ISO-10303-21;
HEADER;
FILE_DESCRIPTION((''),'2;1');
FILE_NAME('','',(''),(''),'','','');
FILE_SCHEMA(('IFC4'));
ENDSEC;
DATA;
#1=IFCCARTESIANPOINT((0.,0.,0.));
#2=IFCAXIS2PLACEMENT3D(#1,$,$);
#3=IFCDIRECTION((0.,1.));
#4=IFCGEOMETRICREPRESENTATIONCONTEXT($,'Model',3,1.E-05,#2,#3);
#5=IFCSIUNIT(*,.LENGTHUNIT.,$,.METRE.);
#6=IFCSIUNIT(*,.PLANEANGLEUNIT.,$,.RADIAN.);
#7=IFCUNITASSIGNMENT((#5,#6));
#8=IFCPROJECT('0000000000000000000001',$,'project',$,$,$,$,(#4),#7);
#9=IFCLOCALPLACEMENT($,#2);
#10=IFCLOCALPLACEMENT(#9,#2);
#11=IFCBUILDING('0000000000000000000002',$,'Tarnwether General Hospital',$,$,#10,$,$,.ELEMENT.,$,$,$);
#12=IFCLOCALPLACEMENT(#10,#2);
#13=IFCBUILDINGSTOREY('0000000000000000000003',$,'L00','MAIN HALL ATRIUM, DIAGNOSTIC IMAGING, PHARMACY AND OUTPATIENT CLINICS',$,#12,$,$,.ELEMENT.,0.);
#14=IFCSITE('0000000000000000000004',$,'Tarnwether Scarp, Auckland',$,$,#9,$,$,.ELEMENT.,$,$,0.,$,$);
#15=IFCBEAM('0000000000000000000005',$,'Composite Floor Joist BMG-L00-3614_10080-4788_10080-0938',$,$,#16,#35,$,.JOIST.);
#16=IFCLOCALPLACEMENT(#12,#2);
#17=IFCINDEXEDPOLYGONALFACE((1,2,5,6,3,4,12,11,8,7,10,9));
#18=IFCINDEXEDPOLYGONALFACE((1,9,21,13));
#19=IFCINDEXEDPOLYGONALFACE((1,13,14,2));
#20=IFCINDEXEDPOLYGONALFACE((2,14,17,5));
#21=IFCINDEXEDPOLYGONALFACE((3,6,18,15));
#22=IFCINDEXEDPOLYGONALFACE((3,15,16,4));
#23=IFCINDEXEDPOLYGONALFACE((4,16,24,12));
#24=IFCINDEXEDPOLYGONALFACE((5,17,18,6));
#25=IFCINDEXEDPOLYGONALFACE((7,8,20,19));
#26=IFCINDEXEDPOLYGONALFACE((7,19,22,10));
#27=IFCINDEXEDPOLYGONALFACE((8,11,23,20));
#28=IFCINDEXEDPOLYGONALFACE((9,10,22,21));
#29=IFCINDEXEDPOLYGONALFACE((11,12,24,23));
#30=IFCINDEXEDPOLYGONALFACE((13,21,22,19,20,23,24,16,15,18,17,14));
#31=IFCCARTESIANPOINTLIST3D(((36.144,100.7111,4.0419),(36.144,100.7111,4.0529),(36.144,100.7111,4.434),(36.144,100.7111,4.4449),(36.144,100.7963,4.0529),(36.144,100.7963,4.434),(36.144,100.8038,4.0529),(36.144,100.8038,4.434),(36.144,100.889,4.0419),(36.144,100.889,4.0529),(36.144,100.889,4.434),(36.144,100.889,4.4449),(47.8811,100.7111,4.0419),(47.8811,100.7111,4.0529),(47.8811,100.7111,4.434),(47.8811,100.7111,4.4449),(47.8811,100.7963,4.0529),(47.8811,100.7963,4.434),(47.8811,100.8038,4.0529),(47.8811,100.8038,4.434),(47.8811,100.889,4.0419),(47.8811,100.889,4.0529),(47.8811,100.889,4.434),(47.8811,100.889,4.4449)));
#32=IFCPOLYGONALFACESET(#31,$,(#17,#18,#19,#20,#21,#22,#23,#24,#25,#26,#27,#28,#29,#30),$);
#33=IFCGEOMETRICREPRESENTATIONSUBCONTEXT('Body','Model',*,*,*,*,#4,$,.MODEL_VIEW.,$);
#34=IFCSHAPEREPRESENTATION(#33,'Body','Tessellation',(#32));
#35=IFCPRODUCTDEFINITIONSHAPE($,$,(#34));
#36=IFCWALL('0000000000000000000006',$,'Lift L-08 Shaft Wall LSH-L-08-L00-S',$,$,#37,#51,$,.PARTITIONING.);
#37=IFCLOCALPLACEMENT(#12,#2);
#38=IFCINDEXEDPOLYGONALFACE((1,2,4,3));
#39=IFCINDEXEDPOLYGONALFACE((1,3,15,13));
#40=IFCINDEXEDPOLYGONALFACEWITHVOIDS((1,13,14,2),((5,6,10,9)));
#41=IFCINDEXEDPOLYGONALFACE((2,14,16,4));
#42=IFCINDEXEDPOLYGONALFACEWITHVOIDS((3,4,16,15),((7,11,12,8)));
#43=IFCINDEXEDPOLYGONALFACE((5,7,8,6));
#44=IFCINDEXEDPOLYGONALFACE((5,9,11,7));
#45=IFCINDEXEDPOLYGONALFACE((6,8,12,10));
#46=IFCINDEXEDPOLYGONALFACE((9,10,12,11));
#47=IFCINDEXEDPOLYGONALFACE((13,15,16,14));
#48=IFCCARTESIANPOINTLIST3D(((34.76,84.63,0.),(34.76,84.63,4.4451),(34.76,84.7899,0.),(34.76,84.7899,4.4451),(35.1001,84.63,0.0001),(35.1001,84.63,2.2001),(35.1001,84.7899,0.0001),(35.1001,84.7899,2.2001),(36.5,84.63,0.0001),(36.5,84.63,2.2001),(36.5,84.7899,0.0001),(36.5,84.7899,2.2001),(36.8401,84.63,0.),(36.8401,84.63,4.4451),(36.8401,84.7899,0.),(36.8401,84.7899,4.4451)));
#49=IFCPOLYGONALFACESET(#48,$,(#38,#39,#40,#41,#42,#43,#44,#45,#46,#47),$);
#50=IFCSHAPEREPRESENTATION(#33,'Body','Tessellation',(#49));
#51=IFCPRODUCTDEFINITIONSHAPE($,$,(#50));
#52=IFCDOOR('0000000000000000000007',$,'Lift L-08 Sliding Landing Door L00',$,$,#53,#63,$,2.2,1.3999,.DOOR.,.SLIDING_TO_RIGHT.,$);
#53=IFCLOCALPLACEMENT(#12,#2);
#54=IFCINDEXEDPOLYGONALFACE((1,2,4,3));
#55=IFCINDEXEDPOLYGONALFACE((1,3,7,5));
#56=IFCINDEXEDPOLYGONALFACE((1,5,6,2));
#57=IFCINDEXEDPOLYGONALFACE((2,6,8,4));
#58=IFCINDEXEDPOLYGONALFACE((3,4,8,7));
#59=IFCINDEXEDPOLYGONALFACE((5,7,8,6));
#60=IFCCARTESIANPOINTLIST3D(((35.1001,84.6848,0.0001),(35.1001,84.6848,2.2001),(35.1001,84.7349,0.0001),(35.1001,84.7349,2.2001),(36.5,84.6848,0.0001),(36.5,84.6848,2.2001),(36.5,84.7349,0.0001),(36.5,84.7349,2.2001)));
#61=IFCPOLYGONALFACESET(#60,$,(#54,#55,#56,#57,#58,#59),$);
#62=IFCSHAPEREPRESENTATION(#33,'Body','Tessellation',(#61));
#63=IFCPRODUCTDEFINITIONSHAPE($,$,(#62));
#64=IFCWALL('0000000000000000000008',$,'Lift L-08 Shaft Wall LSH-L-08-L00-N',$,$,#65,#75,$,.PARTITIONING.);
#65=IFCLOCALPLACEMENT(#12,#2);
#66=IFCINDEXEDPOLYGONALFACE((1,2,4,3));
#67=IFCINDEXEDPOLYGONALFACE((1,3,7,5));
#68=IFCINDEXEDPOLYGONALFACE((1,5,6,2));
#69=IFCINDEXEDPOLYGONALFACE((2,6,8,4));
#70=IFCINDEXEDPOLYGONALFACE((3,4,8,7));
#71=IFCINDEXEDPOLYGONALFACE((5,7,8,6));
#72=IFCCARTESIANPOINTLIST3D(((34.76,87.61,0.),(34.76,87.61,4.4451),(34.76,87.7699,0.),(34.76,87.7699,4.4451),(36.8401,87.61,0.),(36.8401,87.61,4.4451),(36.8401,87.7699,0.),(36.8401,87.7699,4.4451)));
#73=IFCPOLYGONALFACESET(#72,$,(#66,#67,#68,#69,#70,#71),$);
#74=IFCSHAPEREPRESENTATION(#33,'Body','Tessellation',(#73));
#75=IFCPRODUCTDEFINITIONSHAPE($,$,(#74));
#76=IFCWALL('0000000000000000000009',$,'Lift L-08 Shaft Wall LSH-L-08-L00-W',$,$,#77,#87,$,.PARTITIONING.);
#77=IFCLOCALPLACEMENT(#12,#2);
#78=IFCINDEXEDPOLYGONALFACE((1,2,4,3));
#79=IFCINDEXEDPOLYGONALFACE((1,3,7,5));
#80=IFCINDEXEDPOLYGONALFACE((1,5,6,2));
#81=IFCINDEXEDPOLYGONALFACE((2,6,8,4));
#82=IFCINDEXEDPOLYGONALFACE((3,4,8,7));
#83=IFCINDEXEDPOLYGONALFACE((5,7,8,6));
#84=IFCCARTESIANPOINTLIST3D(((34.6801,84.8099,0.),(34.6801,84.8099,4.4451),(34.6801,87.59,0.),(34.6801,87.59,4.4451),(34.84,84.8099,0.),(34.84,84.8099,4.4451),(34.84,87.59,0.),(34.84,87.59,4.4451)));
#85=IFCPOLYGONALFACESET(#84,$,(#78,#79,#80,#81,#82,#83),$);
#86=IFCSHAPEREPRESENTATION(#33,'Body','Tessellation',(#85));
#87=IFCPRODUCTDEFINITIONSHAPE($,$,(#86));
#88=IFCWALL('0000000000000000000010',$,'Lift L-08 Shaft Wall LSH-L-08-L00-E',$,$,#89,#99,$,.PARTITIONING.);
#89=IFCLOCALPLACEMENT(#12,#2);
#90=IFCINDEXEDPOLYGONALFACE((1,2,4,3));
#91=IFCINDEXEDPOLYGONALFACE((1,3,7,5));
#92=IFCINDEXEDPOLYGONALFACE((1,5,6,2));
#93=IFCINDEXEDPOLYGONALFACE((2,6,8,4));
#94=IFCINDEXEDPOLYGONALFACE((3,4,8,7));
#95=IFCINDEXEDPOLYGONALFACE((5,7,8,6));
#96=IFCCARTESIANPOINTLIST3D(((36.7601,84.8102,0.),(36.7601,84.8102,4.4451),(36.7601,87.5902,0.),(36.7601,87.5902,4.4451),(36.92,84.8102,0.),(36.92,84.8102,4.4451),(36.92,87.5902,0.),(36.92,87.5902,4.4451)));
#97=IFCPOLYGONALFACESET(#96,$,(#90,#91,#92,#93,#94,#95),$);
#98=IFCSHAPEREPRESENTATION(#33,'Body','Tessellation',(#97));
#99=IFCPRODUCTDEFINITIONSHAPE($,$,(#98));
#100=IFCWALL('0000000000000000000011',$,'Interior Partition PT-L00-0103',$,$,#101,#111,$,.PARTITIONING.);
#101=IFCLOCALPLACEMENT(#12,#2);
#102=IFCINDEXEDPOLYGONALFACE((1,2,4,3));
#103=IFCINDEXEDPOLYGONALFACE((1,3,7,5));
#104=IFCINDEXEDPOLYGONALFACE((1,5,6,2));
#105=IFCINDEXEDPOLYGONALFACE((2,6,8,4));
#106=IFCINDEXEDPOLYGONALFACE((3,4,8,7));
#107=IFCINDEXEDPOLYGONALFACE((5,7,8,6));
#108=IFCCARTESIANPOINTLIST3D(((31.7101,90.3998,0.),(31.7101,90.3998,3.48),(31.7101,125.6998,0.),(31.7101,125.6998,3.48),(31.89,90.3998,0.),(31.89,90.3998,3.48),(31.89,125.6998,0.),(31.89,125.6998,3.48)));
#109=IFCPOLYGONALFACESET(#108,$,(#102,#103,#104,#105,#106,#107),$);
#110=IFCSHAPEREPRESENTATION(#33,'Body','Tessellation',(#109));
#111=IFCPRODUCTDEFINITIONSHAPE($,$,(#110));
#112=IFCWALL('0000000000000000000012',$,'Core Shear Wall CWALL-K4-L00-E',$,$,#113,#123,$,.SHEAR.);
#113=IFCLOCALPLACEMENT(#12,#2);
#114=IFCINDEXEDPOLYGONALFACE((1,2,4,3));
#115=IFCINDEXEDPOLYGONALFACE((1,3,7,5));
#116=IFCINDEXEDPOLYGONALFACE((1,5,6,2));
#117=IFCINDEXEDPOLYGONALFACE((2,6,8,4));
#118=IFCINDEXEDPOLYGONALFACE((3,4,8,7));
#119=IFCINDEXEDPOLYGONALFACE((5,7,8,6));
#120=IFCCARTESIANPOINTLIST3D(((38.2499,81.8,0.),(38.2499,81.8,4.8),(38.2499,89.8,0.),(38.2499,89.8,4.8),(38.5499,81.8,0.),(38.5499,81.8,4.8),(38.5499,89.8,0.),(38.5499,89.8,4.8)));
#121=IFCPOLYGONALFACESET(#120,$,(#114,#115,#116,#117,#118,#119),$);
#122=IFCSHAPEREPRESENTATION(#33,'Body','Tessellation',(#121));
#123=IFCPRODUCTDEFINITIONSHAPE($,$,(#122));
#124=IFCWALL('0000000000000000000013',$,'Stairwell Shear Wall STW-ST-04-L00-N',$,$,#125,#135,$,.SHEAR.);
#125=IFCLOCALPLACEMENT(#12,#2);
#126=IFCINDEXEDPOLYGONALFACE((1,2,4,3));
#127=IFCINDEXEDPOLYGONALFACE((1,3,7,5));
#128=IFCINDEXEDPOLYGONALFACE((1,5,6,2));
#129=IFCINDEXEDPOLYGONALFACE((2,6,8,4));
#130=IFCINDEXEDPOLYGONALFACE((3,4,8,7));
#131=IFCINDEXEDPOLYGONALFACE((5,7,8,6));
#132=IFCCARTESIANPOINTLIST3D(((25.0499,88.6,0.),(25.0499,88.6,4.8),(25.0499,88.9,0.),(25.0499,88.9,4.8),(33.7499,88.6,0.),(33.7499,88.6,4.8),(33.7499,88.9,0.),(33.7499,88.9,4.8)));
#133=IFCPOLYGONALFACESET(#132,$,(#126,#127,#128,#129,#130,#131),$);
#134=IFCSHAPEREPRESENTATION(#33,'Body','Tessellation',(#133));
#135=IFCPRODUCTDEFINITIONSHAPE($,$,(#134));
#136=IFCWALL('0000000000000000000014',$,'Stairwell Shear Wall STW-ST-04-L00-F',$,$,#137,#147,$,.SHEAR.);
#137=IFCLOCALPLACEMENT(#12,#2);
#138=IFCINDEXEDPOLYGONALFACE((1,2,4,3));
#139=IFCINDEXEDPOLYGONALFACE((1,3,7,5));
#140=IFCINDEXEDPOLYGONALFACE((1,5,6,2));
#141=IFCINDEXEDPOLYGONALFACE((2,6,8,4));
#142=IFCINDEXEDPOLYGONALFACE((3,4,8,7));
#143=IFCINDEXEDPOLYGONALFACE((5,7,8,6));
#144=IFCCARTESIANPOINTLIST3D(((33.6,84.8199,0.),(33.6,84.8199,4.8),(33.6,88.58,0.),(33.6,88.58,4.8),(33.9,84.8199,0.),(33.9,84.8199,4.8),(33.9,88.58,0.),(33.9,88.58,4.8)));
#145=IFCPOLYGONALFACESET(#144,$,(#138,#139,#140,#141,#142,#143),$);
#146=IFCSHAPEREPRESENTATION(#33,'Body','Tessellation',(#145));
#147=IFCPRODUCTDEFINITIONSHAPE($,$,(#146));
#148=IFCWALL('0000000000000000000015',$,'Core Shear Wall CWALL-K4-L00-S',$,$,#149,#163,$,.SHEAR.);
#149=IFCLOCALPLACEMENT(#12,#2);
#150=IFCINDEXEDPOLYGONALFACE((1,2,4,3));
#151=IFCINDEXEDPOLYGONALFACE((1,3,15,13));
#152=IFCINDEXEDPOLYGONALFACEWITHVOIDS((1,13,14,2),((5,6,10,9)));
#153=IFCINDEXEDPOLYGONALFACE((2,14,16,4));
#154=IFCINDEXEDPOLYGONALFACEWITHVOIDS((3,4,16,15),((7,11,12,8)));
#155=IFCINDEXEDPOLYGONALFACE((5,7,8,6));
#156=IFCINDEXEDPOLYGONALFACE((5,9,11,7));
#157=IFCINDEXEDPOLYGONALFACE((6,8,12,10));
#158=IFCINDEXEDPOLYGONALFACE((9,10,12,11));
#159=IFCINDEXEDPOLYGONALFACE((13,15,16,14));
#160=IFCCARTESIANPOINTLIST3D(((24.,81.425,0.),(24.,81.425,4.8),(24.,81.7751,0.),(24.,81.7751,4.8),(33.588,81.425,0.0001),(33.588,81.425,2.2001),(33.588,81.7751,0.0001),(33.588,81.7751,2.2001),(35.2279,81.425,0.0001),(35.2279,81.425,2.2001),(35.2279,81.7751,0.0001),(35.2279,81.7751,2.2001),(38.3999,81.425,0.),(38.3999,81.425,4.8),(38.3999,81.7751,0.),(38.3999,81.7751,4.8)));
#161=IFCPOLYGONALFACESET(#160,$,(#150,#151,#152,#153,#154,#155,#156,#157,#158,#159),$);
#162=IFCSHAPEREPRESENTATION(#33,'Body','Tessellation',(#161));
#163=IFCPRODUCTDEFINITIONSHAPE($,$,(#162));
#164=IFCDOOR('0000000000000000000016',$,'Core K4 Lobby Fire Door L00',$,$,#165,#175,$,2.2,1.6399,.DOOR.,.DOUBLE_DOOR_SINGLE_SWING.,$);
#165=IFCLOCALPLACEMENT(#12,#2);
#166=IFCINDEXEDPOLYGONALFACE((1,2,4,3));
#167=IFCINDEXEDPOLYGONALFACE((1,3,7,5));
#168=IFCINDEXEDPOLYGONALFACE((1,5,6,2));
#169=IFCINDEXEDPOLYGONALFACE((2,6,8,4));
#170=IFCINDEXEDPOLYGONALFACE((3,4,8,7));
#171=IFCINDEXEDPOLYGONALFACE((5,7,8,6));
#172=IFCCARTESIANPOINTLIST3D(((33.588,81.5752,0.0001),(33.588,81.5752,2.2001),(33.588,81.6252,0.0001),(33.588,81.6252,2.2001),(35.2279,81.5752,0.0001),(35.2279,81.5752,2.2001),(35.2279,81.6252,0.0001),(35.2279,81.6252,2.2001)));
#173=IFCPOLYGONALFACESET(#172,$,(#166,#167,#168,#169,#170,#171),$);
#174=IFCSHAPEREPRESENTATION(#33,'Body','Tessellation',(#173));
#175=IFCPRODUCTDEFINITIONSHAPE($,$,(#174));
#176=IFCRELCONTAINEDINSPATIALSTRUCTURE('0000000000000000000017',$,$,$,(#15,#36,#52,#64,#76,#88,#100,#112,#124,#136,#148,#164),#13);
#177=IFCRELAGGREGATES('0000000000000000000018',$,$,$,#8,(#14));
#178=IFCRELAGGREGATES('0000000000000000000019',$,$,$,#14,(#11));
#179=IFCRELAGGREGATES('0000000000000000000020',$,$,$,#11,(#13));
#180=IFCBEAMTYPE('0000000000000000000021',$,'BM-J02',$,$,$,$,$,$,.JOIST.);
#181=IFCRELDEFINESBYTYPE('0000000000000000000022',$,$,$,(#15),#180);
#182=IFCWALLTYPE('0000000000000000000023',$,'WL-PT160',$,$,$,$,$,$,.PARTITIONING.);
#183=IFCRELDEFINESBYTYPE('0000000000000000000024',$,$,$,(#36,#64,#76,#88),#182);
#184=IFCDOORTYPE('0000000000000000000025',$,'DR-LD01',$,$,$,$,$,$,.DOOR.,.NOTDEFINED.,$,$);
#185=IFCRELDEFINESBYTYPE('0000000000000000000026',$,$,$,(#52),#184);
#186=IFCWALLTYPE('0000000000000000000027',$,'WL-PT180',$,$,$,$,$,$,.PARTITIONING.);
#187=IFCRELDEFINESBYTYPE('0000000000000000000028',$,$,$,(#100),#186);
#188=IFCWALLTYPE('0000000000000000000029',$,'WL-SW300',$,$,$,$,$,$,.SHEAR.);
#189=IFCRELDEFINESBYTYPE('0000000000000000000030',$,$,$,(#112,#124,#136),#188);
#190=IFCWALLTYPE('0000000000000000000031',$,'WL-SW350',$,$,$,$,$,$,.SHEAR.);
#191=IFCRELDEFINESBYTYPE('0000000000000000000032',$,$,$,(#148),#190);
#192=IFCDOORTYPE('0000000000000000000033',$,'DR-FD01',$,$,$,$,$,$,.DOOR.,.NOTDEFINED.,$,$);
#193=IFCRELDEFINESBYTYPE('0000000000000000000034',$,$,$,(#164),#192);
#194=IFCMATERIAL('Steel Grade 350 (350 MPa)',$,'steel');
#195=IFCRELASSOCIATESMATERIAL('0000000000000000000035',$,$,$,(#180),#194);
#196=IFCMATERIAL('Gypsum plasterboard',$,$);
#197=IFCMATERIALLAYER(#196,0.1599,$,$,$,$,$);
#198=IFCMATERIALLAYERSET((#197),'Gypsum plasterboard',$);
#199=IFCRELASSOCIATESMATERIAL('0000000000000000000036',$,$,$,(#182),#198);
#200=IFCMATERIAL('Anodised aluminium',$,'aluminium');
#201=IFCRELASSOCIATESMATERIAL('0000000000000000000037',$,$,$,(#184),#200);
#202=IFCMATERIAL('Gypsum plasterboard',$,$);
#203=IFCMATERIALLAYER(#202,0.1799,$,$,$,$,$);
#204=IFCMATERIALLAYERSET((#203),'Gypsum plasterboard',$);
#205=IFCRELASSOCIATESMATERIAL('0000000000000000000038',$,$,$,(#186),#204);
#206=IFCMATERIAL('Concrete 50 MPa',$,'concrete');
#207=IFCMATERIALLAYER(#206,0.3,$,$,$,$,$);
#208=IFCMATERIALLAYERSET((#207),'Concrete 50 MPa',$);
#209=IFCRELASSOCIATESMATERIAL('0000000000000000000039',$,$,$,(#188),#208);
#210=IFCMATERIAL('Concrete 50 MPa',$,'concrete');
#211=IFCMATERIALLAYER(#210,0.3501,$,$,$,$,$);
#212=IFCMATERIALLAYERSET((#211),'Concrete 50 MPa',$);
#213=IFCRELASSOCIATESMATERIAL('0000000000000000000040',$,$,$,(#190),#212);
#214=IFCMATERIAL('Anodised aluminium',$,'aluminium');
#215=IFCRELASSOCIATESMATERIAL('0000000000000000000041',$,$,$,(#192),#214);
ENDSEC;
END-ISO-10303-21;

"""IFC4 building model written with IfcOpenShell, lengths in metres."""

from ifc_helpers import new_model, si_unit, direction, frame, frame_2d, origin, origin_2d, place, context, subcontext, project, spatial, rectangle, i_section, extrude, material, layer, layer_set, material_profile, profile_set, type_object, element, fill, save


model = new_model("IFC4")

# Units and contexts
model_context = context("Model", 3, precision=1e-05, world=origin(), true_north=direction((0.0, 1.0)))
body_context = subcontext(model_context, "Body", "Model", "MODEL_VIEW")
ifc_project = project(units=[si_unit("LENGTHUNIT", "METRE"), si_unit("PLANEANGLEUNIT", "RADIAN")], contexts=[model_context])

# Site, building, storey
site_placement = place(None, origin())
site = spatial("IfcSite", under=ifc_project, at=site_placement, Name="Tarnwether Scarp, Auckland", CompositionType="ELEMENT", RefElevation=0.0)
building_placement = place(site_placement, origin())
building = spatial("IfcBuilding", under=site, at=building_placement, Name="Tarnwether General Hospital", CompositionType="ELEMENT")
storey_placement = place(building_placement, origin())
storey = spatial("IfcBuildingStorey", under=building, at=storey_placement, Name="L00", Description="MAIN HALL ATRIUM, DIAGNOSTIC IMAGING, PHARMACY AND OUTPATIENT CLINICS", CompositionType="ELEMENT", Elevation=0.0)

# Beam
ifc_material_1 = material(Name="Steel Grade 350 (350 MPa)", Category="steel")
ifc_material_profile_1 = material_profile(ifc_material_1, i_section(OverallWidth=0.178, OverallDepth=0.4031, WebThickness=0.0076, FlangeThickness=0.011, at=origin_2d()), Name="410UB53.7")
ifc_profile_set_1 = profile_set([ifc_material_profile_1], Name="Steel Grade 350 (350 MPa)")
beam_type_1 = type_object("IfcBeamType", Name="BM-J02", PredefinedType="JOIST", material=ifc_profile_set_1)
beam_1_placement = place(storey_placement, frame((36.144, 100.8, 4.2434), z_axis=(1.0, 0.0, 0.0), x_axis=(0.0, 1.0, 0.0)))
element("IfcBeam", 1, at=beam_1_placement, inside=storey, type_object=beam_type_1, Name="Composite Floor Joist BMG-L00-3614_10080-4788_10080-0938", PredefinedType="JOIST", context=body_context, shape_type="SweptSolid", body=[
    extrude(i_section(OverallWidth=0.178, OverallDepth=0.4031, WebThickness=0.0076, FlangeThickness=0.011, at=origin_2d()), origin(), (0.0, 0.0, 1.0), 11.7371),
])

# Wall, opening, door
ifc_material_2 = material(Name="Gypsum plasterboard")
ifc_layer_1 = layer(ifc_material_2, 0.1599)
ifc_layer_set_1 = layer_set([ifc_layer_1], Name="Gypsum plasterboard")
wall_type_1 = type_object("IfcWallType", Name="WL-PT160", PredefinedType="PARTITIONING", material=ifc_layer_set_1)
wall_1_placement = place(storey_placement, frame((34.76, 84.71, 0.0), z_axis=(0.0, 0.0, 1.0), x_axis=(1.0, 0.0, 0.0)))
wall_1 = element("IfcWall", 2, at=wall_1_placement, inside=storey, type_object=wall_type_1, Name="Lift L-08 Shaft Wall LSH-L-08-L00-S", PredefinedType="PARTITIONING", context=body_context, shape_type="SweptSolid", body=[
    extrude(rectangle(XDim=2.0801, YDim=0.1599, at=frame_2d((1.04, 0.0))), origin(), (0.0, 0.0, 1.0), 4.4451),
])
opening_1_placement = place(wall_1_placement, frame((0.3401, 0.0, 0.0)))
opening_1 = element("IfcOpeningElement", 3, at=opening_1_placement, cuts=wall_1, PredefinedType="OPENING", context=body_context, shape_type="SweptSolid", body=[
    extrude(rectangle(XDim=1.3999, YDim=2.2, at=frame_2d((0.7, 1.1001))), frame((0.0, 0.0898, 0.0), z_axis=(0.0, -1.0, 0.0), x_axis=(1.0, 0.0, 0.0)), (0.0, 0.0, 1.0), 0.1799),
])
ifc_material_3 = material(Name="Anodised aluminium", Category="aluminium")
door_type_1 = type_object("IfcDoorType", Name="DR-LD01", OperationType="NOTDEFINED", PredefinedType="DOOR", material=ifc_material_3)
door_1_placement = place(opening_1_placement, origin())
door_1 = element("IfcDoor", 4, at=door_1_placement, inside=storey, type_object=door_type_1, Name="Lift L-08 Sliding Landing Door L00", OperationType="SLIDING_TO_RIGHT", OverallHeight=2.2, OverallWidth=1.3999, PredefinedType="DOOR", context=body_context, shape_type="SweptSolid", body=[
    extrude(rectangle(XDim=1.3999, YDim=2.2, at=frame_2d((0.7, 1.1001))), frame((0.0, 0.0249, 0.0), z_axis=(0.0, -1.0, 0.0), x_axis=(1.0, 0.0, 0.0)), (0.0, 0.0, 1.0), 0.05),
])
fill(opening_1, door_1)

# Walls
wall_2_placement = place(storey_placement, frame((36.8401, 87.6899, 0.0), z_axis=(0.0, 0.0, 1.0), x_axis=(-1.0, 0.0, 0.0)))
element("IfcWall", 5, at=wall_2_placement, inside=storey, type_object=wall_type_1, Name="Lift L-08 Shaft Wall LSH-L-08-L00-N", PredefinedType="PARTITIONING", context=body_context, shape_type="SweptSolid", body=[
    extrude(rectangle(XDim=2.0801, YDim=0.1599, at=frame_2d((1.04, 0.0))), origin(), (0.0, 0.0, 1.0), 4.4451),
])
for number, where, z_axis, x_axis, name in (
    (6, (34.76, 87.5901, 0.0), (0.0, 0.0, 1.0), (0.0, -1.0, 0.0), "Lift L-08 Shaft Wall LSH-L-08-L00-W"),
    (7, (36.8401, 84.8101, 0.0), (0.0, 0.0, 1.0), (0.0, 1.0, 0.0), "Lift L-08 Shaft Wall LSH-L-08-L00-E"),
):
    element("IfcWall", number, at=place(storey_placement, frame(where, z_axis=z_axis, x_axis=x_axis)), inside=storey, type_object=wall_type_1, Name=name, PredefinedType="PARTITIONING", context=body_context, shape_type="SweptSolid", body=[
        extrude(rectangle(XDim=2.78, YDim=0.1599, at=frame_2d((1.3901, 0.0))), origin(), (0.0, 0.0, 1.0), 4.4451),
    ])
ifc_material_4 = material(Name="Gypsum plasterboard")
ifc_layer_2 = layer(ifc_material_4, 0.1799)
ifc_layer_set_2 = layer_set([ifc_layer_2], Name="Gypsum plasterboard")
wall_type_2 = type_object("IfcWallType", Name="WL-PT180", PredefinedType="PARTITIONING", material=ifc_layer_set_2)
wall_3_placement = place(storey_placement, frame((31.8, 90.3999, 0.0), z_axis=(0.0, 0.0, 1.0), x_axis=(0.0, 1.0, 0.0)))
element("IfcWall", 8, at=wall_3_placement, inside=storey, type_object=wall_type_2, Name="Interior Partition PT-L00-0103", PredefinedType="PARTITIONING", context=body_context, shape_type="SweptSolid", body=[
    extrude(rectangle(XDim=35.3, YDim=0.1799, at=frame_2d((17.6499, 0.0))), origin(), (0.0, 0.0, 1.0), 3.48),
])
ifc_material_5 = material(Name="Concrete 50 MPa", Category="concrete")
ifc_layer_3 = layer(ifc_material_5, 0.3)
ifc_layer_set_3 = layer_set([ifc_layer_3], Name="Concrete 50 MPa")
wall_type_3 = type_object("IfcWallType", Name="WL-SW300", PredefinedType="SHEAR", material=ifc_layer_set_3)
wall_4_placement = place(storey_placement, frame((38.3999, 89.8, 0.0), z_axis=(0.0, 0.0, 1.0), x_axis=(0.0, -1.0, 0.0)))
element("IfcWall", 9, at=wall_4_placement, inside=storey, type_object=wall_type_3, Name="Core Shear Wall CWALL-K4-L00-E", PredefinedType="SHEAR", context=body_context, shape_type="SweptSolid", body=[
    extrude(rectangle(XDim=8.0, YDim=0.3, at=frame_2d((4.0, 0.0))), origin(), (0.0, 0.0, 1.0), 4.8),
])
wall_5_placement = place(storey_placement, frame((33.75, 88.75, 0.0), z_axis=(0.0, 0.0, 1.0), x_axis=(-1.0, 0.0, 0.0)))
element("IfcWall", 10, at=wall_5_placement, inside=storey, type_object=wall_type_3, Name="Stairwell Shear Wall STW-ST-04-L00-N", PredefinedType="SHEAR", context=body_context, shape_type="SweptSolid", body=[
    extrude(rectangle(XDim=8.7, YDim=0.3, at=frame_2d((4.3501, 0.0))), origin(), (0.0, 0.0, 1.0), 4.8),
])
wall_6_placement = place(storey_placement, frame((33.75, 84.8201, 0.0), z_axis=(0.0, 0.0, 1.0), x_axis=(0.0, 1.0, 0.0)))
element("IfcWall", 11, at=wall_6_placement, inside=storey, type_object=wall_type_3, Name="Stairwell Shear Wall STW-ST-04-L00-F", PredefinedType="SHEAR", context=body_context, shape_type="SweptSolid", body=[
    extrude(rectangle(XDim=3.76, YDim=0.3, at=frame_2d((1.8799, 0.0))), origin(), (0.0, 0.0, 1.0), 4.8),
])

# Wall, opening, door
ifc_material_6 = material(Name="Concrete 50 MPa", Category="concrete")
ifc_layer_4 = layer(ifc_material_6, 0.3501)
ifc_layer_set_4 = layer_set([ifc_layer_4], Name="Concrete 50 MPa")
wall_type_4 = type_object("IfcWallType", Name="WL-SW350", PredefinedType="SHEAR", material=ifc_layer_set_4)
wall_7_placement = place(storey_placement, frame((38.3999, 81.6001, 0.0), z_axis=(0.0, 0.0, 1.0), x_axis=(-1.0, 0.0, 0.0)))
wall_7 = element("IfcWall", 12, at=wall_7_placement, inside=storey, type_object=wall_type_4, Name="Core Shear Wall CWALL-K4-L00-S", PredefinedType="SHEAR", context=body_context, shape_type="SweptSolid", body=[
    extrude(rectangle(XDim=14.3999, YDim=0.3501, at=frame_2d((7.2, 0.0))), origin(), (0.0, 0.0, 1.0), 4.8),
])
opening_2_placement = place(wall_7_placement, frame((3.1721, 0.0, 0.0)))
opening_2 = element("IfcOpeningElement", 13, at=opening_2_placement, cuts=wall_7, PredefinedType="OPENING", context=body_context, shape_type="SweptSolid", body=[
    extrude(rectangle(XDim=1.6399, YDim=2.2, at=frame_2d((0.8198, 1.1001))), frame((0.0, 0.1851, 0.0), z_axis=(0.0, -1.0, 0.0), x_axis=(1.0, 0.0, 0.0)), (0.0, 0.0, 1.0), 0.3701),
])
ifc_material_7 = material(Name="Anodised aluminium", Category="aluminium")
door_type_2 = type_object("IfcDoorType", Name="DR-FD01", OperationType="NOTDEFINED", PredefinedType="DOOR", material=ifc_material_7)
door_2_placement = place(opening_2_placement, origin())
door_2 = element("IfcDoor", 14, at=door_2_placement, inside=storey, type_object=door_type_2, Name="Core K4 Lobby Fire Door L00", OperationType="DOUBLE_DOOR_SINGLE_SWING", OverallHeight=2.2, OverallWidth=1.6399, PredefinedType="DOOR", context=body_context, shape_type="SweptSolid", body=[
    extrude(rectangle(XDim=1.6399, YDim=2.2, at=frame_2d((0.8198, 1.1001))), frame((0.0, 0.0249, 0.0), z_axis=(0.0, -1.0, 0.0), x_axis=(1.0, 0.0, 0.0)), (0.0, 0.0, 1.0), 0.05),
])
fill(opening_2, door_2)

save(model, "model.ifc")
